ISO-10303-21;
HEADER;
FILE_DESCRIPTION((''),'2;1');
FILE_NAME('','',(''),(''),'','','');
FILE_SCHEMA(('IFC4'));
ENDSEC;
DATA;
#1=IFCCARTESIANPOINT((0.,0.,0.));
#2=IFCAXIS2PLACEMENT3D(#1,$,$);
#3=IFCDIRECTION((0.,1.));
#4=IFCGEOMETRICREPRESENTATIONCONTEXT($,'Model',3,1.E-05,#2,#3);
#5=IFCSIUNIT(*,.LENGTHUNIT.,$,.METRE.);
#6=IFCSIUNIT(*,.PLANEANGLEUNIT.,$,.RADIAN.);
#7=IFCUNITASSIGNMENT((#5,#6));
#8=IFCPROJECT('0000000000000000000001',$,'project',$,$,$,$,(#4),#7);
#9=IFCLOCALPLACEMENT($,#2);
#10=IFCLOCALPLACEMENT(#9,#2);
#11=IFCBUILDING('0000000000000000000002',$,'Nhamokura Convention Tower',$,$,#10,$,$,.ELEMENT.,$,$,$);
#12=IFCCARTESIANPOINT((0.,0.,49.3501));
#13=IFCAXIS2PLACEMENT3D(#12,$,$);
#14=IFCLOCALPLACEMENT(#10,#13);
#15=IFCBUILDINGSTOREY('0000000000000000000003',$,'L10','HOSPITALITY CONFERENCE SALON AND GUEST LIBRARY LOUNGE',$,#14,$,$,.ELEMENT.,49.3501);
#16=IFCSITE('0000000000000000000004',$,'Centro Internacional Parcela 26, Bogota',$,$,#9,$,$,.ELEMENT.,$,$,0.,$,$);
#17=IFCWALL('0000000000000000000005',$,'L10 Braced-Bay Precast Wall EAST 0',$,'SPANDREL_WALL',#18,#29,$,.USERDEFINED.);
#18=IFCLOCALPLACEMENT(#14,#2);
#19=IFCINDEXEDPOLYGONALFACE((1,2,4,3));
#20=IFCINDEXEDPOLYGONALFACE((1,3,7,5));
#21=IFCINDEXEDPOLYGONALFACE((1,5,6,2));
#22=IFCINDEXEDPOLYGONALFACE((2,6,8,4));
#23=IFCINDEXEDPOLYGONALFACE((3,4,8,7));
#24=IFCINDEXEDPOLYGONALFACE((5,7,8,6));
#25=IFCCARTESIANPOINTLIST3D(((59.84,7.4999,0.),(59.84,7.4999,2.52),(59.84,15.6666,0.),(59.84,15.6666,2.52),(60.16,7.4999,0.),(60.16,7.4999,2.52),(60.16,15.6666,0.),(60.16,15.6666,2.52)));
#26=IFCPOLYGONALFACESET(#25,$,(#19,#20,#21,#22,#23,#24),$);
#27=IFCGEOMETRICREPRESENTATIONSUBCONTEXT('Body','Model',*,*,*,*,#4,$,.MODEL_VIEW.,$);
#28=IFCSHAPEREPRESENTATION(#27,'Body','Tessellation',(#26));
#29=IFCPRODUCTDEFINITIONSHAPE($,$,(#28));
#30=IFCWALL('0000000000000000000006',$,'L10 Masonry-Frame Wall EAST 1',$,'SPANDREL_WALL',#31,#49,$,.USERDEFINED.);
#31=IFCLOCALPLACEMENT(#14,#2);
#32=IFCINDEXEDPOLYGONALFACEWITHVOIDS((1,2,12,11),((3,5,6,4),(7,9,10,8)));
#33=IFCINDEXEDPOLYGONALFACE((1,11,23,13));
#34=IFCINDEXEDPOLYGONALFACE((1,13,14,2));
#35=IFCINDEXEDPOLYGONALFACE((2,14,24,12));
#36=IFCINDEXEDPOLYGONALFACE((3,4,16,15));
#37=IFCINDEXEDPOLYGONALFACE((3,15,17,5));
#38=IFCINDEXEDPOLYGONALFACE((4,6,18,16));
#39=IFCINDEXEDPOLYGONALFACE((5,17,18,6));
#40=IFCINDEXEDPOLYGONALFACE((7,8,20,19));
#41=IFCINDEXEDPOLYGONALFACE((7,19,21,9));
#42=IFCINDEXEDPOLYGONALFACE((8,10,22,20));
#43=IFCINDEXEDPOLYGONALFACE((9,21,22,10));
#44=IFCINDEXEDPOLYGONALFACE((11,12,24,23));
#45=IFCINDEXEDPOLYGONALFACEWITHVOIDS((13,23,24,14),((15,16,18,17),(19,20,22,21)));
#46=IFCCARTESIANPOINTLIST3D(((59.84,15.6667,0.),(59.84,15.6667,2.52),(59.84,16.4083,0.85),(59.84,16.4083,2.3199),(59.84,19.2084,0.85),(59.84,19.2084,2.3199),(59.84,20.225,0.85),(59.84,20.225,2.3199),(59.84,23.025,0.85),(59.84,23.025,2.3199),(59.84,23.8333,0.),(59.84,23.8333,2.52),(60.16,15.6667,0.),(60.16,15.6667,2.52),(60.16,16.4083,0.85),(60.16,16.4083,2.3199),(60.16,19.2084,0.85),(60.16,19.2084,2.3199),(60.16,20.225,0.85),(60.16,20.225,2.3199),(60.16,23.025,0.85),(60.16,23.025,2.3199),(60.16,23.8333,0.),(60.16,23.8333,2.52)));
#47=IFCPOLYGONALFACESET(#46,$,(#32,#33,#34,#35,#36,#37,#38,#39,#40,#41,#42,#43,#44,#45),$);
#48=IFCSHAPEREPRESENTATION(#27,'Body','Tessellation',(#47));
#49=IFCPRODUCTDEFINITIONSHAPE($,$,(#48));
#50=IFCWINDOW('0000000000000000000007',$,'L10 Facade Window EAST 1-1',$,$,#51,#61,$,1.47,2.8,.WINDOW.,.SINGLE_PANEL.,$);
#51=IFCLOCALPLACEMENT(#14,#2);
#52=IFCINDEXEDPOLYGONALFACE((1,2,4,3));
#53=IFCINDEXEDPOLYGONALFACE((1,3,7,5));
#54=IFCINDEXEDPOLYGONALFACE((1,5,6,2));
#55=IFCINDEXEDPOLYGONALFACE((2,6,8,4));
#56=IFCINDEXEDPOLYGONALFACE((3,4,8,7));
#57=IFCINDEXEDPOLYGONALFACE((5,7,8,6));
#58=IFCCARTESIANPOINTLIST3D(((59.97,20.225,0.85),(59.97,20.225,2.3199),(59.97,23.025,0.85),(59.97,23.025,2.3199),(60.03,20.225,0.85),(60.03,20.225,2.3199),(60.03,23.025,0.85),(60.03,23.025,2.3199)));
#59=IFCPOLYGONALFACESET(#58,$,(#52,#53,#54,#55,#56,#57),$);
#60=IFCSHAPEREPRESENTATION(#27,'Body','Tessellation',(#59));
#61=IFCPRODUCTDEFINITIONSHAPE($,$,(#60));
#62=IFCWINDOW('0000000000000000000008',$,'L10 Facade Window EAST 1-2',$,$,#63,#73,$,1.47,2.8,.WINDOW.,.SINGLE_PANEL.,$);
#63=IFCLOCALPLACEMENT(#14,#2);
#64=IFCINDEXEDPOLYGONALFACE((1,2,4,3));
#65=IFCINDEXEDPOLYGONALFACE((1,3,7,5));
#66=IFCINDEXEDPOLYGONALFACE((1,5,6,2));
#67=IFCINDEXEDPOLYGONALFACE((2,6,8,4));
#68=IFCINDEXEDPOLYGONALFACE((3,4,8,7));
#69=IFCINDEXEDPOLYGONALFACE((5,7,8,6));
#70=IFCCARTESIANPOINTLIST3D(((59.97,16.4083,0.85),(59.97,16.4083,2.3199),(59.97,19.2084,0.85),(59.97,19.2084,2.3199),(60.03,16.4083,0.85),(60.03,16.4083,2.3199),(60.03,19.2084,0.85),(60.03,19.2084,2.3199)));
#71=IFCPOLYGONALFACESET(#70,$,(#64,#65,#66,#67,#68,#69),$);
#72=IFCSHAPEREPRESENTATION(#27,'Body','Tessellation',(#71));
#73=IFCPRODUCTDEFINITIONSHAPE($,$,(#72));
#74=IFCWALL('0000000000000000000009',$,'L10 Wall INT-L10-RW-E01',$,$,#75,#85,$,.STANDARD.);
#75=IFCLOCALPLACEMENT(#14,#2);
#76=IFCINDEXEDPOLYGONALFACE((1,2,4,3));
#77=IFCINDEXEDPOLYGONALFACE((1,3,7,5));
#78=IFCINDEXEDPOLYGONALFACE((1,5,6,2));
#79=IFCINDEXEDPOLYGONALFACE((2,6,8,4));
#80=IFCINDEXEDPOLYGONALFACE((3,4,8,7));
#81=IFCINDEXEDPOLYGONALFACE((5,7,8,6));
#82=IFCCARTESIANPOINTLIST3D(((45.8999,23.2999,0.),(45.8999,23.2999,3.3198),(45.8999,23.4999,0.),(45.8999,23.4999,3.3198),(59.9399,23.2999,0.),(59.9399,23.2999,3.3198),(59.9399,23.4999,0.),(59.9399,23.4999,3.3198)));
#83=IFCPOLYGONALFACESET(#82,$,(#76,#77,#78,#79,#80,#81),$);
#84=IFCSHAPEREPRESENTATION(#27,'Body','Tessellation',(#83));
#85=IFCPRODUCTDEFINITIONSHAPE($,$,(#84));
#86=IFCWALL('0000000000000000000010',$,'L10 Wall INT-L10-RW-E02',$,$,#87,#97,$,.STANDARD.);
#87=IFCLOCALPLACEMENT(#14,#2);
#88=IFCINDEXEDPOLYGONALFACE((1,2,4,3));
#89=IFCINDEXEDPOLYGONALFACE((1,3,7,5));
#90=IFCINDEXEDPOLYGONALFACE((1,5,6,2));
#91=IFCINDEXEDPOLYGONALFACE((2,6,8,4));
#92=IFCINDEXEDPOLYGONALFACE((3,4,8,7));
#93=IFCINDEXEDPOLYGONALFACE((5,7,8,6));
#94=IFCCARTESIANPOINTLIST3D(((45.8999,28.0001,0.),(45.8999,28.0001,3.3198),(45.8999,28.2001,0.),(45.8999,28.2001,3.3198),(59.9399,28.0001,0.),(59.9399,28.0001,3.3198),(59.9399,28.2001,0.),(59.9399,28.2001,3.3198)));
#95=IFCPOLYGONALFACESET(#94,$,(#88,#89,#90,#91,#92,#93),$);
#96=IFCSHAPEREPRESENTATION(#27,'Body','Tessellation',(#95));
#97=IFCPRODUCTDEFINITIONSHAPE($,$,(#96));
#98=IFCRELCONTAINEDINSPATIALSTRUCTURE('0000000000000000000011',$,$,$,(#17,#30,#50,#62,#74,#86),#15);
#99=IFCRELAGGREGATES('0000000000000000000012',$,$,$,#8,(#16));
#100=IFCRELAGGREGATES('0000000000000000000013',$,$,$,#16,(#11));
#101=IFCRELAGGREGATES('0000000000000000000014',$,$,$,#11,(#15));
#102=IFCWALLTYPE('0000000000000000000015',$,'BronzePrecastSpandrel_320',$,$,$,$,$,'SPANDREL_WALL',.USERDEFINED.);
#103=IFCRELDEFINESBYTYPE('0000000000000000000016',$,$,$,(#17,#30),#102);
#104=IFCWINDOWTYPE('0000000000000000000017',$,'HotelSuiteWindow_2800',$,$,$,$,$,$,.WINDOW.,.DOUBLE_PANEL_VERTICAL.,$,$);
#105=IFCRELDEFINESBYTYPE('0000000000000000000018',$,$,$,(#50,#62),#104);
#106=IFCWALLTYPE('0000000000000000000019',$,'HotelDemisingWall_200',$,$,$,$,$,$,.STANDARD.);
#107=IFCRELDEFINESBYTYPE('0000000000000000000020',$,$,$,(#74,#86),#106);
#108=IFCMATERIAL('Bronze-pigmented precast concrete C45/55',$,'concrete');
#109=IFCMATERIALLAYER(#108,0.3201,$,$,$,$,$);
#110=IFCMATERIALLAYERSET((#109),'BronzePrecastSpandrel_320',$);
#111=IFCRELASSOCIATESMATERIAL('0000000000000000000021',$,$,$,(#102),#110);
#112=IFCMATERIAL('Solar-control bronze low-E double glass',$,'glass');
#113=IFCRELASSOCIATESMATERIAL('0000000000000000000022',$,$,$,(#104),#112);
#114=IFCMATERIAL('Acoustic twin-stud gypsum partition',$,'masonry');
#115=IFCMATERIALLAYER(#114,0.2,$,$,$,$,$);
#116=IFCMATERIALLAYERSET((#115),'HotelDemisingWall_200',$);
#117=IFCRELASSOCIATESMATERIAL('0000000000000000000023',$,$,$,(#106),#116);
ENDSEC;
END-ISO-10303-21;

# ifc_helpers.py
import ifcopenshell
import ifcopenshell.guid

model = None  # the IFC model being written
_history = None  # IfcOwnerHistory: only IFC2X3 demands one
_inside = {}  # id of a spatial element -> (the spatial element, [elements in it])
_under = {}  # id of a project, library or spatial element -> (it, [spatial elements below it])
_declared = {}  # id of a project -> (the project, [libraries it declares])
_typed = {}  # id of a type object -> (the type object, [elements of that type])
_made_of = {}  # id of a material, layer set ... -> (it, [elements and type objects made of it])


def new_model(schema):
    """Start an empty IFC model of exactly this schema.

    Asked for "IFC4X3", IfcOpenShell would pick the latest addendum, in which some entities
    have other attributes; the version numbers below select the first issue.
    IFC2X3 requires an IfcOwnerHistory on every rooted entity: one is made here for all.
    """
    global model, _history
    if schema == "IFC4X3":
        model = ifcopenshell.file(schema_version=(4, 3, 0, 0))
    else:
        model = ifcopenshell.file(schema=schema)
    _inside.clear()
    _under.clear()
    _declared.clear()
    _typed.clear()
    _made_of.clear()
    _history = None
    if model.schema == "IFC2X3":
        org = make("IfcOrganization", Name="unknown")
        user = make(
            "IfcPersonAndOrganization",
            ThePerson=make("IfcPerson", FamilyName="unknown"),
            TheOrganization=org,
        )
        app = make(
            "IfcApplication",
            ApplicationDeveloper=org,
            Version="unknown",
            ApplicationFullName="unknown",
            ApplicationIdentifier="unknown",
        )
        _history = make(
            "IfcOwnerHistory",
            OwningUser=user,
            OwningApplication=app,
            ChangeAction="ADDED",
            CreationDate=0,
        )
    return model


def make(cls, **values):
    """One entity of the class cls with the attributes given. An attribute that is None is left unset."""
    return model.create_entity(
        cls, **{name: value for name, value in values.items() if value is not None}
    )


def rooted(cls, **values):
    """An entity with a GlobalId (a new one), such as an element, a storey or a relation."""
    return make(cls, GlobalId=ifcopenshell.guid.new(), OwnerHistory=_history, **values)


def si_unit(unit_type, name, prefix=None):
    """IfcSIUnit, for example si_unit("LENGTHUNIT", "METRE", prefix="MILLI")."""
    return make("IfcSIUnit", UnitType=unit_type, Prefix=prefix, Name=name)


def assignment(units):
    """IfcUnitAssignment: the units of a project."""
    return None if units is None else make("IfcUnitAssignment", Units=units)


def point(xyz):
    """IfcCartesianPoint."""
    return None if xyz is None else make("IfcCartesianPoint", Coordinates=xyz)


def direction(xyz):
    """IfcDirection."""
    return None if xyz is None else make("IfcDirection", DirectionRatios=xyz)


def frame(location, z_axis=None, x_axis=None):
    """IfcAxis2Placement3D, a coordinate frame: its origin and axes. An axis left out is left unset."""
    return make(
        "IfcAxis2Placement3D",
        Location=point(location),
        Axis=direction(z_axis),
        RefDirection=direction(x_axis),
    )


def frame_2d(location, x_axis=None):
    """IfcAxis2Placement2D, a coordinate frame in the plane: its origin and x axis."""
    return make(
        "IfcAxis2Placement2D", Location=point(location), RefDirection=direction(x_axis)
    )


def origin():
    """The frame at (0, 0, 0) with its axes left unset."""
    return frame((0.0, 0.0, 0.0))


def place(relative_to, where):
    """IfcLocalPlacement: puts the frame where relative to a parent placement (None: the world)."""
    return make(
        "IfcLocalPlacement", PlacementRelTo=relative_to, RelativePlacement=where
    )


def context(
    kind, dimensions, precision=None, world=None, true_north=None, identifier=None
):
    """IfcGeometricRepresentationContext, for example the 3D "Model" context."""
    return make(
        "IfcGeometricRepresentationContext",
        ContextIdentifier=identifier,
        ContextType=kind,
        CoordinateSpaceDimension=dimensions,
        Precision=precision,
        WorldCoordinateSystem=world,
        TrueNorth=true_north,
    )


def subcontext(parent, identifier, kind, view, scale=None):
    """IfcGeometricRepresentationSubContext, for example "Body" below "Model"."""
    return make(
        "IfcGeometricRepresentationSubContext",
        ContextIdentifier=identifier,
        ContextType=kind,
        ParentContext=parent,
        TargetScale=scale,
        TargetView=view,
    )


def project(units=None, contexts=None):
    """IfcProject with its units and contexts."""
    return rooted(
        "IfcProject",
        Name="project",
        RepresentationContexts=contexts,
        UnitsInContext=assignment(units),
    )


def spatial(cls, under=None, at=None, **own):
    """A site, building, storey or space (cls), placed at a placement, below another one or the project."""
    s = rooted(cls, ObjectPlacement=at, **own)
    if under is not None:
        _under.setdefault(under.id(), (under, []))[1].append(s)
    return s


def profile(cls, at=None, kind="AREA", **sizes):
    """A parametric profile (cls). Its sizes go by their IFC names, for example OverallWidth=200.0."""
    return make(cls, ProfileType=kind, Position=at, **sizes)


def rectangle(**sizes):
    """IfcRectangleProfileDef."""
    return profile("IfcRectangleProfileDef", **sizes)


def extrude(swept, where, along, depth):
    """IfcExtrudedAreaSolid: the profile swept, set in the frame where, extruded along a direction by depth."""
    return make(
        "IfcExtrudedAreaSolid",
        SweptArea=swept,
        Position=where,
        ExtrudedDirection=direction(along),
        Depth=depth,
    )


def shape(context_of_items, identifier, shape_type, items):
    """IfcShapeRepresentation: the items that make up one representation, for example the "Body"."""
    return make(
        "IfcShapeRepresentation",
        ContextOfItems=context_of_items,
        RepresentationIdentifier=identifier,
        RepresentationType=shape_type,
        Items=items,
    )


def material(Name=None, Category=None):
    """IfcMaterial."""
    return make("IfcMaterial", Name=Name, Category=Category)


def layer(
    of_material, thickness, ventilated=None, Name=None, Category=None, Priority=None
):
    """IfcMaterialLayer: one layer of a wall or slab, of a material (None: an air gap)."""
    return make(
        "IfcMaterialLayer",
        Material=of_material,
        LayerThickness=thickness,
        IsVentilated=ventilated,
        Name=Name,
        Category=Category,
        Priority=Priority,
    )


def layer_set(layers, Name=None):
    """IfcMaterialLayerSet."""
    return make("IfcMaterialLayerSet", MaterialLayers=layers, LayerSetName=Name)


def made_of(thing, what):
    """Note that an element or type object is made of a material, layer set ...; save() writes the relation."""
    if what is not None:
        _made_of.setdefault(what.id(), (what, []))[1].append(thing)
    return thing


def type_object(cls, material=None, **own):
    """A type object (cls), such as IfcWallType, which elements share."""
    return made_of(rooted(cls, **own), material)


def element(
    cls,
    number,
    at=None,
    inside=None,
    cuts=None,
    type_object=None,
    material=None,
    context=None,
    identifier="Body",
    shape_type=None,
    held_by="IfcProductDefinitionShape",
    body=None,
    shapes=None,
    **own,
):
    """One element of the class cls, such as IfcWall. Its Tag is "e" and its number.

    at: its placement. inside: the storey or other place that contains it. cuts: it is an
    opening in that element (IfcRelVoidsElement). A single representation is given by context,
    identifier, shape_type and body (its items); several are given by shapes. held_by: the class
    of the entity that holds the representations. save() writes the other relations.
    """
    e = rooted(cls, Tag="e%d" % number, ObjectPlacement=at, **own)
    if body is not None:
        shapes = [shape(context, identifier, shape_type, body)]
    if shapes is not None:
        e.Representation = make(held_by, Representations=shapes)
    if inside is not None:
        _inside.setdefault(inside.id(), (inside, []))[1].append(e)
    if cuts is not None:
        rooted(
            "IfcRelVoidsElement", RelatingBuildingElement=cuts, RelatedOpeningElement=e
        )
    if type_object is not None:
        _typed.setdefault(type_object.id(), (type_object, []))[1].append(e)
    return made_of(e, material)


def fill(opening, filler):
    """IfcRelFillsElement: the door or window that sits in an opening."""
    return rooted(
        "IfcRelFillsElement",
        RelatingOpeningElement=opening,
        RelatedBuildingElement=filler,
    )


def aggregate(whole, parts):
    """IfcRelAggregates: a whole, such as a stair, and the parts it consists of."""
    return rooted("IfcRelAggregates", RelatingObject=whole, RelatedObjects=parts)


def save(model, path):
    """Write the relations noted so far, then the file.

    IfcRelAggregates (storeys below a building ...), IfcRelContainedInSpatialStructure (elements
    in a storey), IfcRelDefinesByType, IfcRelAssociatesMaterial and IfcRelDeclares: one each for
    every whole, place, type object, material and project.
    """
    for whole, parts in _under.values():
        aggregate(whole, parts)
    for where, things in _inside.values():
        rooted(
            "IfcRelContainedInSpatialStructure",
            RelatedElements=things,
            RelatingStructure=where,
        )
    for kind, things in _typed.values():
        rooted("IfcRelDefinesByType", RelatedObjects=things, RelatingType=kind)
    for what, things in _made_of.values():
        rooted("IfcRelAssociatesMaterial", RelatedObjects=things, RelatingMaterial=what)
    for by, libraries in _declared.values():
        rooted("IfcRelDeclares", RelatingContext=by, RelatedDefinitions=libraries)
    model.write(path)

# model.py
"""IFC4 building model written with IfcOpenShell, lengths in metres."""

from ifc_helpers import new_model, si_unit, direction, frame, frame_2d, origin, place, context, subcontext, project, spatial, rectangle, extrude, material, layer, layer_set, type_object, element, fill, save


model = new_model("IFC4")

# Units and contexts
model_context = context("Model", 3, precision=1e-05, world=origin(), true_north=direction((0.0, 1.0)))
body_context = subcontext(model_context, "Body", "Model", "MODEL_VIEW")
ifc_project = project(units=[si_unit("LENGTHUNIT", "METRE"), si_unit("PLANEANGLEUNIT", "RADIAN")], contexts=[model_context])

# Site, building, storey
site_placement = place(None, origin())
site = spatial("IfcSite", under=ifc_project, at=site_placement, Name="Centro Internacional Parcela 26, Bogota", CompositionType="ELEMENT", RefElevation=0.0)
building_placement = place(site_placement, origin())
building = spatial("IfcBuilding", under=site, at=building_placement, Name="Nhamokura Convention Tower", CompositionType="ELEMENT")
storey_placement = place(building_placement, frame((0.0, 0.0, 49.3501)))
storey = spatial("IfcBuildingStorey", under=building, at=storey_placement, Name="L10", Description="HOSPITALITY CONFERENCE SALON AND GUEST LIBRARY LOUNGE", CompositionType="ELEMENT", Elevation=49.3501)

# Wall
ifc_material_1 = material(Name="Bronze-pigmented precast concrete C45/55", Category="concrete")
ifc_layer_1 = layer(ifc_material_1, 0.3201)
ifc_layer_set_1 = layer_set([ifc_layer_1], Name="BronzePrecastSpandrel_320")
wall_type_1 = type_object("IfcWallType", Name="BronzePrecastSpandrel_320", ElementType="SPANDREL_WALL", PredefinedType="USERDEFINED", material=ifc_layer_set_1)
wall_1_placement = place(storey_placement, frame((60.0, 15.6667, 0.0), z_axis=(0.0, 0.0, 1.0), x_axis=(0.0, -1.0, 0.0)))
element("IfcWall", 1, at=wall_1_placement, inside=storey, type_object=wall_type_1, Name="L10 Braced-Bay Precast Wall EAST 0", ObjectType="SPANDREL_WALL", PredefinedType="USERDEFINED", context=body_context, shape_type="SweptSolid", body=[
    extrude(rectangle(XDim=8.1667, YDim=0.3201, at=frame_2d((4.0835, 0.0))), origin(), (0.0, 0.0, 1.0), 2.52),
])

# Wall, openings, windows
wall_2_placement = place(storey_placement, frame((60.0, 23.8333, 0.0), z_axis=(0.0, 0.0, 1.0), x_axis=(0.0, -1.0, 0.0)))
wall_2 = element("IfcWall", 2, at=wall_2_placement, inside=storey, type_object=wall_type_1, Name="L10 Masonry-Frame Wall EAST 1", ObjectType="SPANDREL_WALL", PredefinedType="USERDEFINED", context=body_context, shape_type="SweptSolid", body=[
    extrude(rectangle(XDim=8.1665, YDim=0.3201, at=frame_2d((4.0833, 0.0))), origin(), (0.0, 0.0, 1.0), 2.52),
])
opening_1_placement = place(wall_2_placement, frame((0.8083, 0.0, 0.8501)))
opening_1 = element("IfcOpeningElement", 3, at=opening_1_placement, cuts=wall_2, PredefinedType="OPENING", context=body_context, shape_type="SweptSolid", body=[
    extrude(rectangle(XDim=2.8, YDim=1.47, at=frame_2d((1.3999, 0.7349))), frame((0.0, 0.1699, 0.0), z_axis=(0.0, -1.0, 0.0), x_axis=(1.0, 0.0, 0.0)), (0.0, 0.0, 1.0), 0.3401),
])
opening_2_placement = place(wall_2_placement, frame((4.625, 0.0, 0.8501)))
opening_2 = element("IfcOpeningElement", 4, at=opening_2_placement, cuts=wall_2, PredefinedType="OPENING", context=body_context, shape_type="SweptSolid", body=[
    extrude(rectangle(XDim=2.8, YDim=1.47, at=frame_2d((1.3999, 0.7349))), frame((0.0, 0.1699, 0.0), z_axis=(0.0, -1.0, 0.0), x_axis=(1.0, 0.0, 0.0)), (0.0, 0.0, 1.0), 0.3401),
])
ifc_material_2 = material(Name="Solar-control bronze low-E double glass", Category="glass")
window_type = type_object("IfcWindowType", Name="HotelSuiteWindow_2800", PartitioningType="DOUBLE_PANEL_VERTICAL", PredefinedType="WINDOW", material=ifc_material_2)
window_1_placement = place(opening_1_placement, origin())
window_1 = element("IfcWindow", 5, at=window_1_placement, inside=storey, type_object=window_type, Name="L10 Facade Window EAST 1-1", OverallHeight=1.47, OverallWidth=2.8, PartitioningType="SINGLE_PANEL", PredefinedType="WINDOW", context=body_context, shape_type="SweptSolid", body=[
    extrude(rectangle(XDim=2.8, YDim=1.47, at=frame_2d((1.3999, 0.7349))), frame((0.0, 0.03, 0.0), z_axis=(0.0, -1.0, 0.0), x_axis=(1.0, 0.0, 0.0)), (0.0, 0.0, 1.0), 0.0601),
])
fill(opening_1, window_1)
window_2_placement = place(opening_2_placement, origin())
window_2 = element("IfcWindow", 6, at=window_2_placement, inside=storey, type_object=window_type, Name="L10 Facade Window EAST 1-2", OverallHeight=1.47, OverallWidth=2.8, PartitioningType="SINGLE_PANEL", PredefinedType="WINDOW", context=body_context, shape_type="SweptSolid", body=[
    extrude(rectangle(XDim=2.8, YDim=1.47, at=frame_2d((1.3999, 0.7349))), frame((0.0, 0.03, 0.0), z_axis=(0.0, -1.0, 0.0), x_axis=(1.0, 0.0, 0.0)), (0.0, 0.0, 1.0), 0.0601),
])
fill(opening_2, window_2)

# Walls
ifc_material_3 = material(Name="Acoustic twin-stud gypsum partition", Category="masonry")
ifc_layer_2 = layer(ifc_material_3, 0.2)
ifc_layer_set_2 = layer_set([ifc_layer_2], Name="HotelDemisingWall_200")
wall_type_2 = type_object("IfcWallType", Name="HotelDemisingWall_200", PredefinedType="STANDARD", material=ifc_layer_set_2)
for number, where, z_axis, x_axis, name in (
    (7, (45.8999, 23.3999, 0.0), (0.0, 0.0, 1.0), (1.0, 0.0, 0.0), "L10 Wall INT-L10-RW-E01"),
    (8, (45.8999, 28.1001, 0.0), (0.0, 0.0, 1.0), (1.0, 0.0, 0.0), "L10 Wall INT-L10-RW-E02"),
):
    element("IfcWall", number, at=place(storey_placement, frame(where, z_axis=z_axis, x_axis=x_axis)), inside=storey, type_object=wall_type_2, Name=name, PredefinedType="STANDARD", context=body_context, shape_type="SweptSolid", body=[
        extrude(rectangle(XDim=14.04, YDim=0.2, at=frame_2d((7.02, 0.0))), origin(), (0.0, 0.0, 1.0), 3.3198),
    ])

save(model, "model.ifc")
